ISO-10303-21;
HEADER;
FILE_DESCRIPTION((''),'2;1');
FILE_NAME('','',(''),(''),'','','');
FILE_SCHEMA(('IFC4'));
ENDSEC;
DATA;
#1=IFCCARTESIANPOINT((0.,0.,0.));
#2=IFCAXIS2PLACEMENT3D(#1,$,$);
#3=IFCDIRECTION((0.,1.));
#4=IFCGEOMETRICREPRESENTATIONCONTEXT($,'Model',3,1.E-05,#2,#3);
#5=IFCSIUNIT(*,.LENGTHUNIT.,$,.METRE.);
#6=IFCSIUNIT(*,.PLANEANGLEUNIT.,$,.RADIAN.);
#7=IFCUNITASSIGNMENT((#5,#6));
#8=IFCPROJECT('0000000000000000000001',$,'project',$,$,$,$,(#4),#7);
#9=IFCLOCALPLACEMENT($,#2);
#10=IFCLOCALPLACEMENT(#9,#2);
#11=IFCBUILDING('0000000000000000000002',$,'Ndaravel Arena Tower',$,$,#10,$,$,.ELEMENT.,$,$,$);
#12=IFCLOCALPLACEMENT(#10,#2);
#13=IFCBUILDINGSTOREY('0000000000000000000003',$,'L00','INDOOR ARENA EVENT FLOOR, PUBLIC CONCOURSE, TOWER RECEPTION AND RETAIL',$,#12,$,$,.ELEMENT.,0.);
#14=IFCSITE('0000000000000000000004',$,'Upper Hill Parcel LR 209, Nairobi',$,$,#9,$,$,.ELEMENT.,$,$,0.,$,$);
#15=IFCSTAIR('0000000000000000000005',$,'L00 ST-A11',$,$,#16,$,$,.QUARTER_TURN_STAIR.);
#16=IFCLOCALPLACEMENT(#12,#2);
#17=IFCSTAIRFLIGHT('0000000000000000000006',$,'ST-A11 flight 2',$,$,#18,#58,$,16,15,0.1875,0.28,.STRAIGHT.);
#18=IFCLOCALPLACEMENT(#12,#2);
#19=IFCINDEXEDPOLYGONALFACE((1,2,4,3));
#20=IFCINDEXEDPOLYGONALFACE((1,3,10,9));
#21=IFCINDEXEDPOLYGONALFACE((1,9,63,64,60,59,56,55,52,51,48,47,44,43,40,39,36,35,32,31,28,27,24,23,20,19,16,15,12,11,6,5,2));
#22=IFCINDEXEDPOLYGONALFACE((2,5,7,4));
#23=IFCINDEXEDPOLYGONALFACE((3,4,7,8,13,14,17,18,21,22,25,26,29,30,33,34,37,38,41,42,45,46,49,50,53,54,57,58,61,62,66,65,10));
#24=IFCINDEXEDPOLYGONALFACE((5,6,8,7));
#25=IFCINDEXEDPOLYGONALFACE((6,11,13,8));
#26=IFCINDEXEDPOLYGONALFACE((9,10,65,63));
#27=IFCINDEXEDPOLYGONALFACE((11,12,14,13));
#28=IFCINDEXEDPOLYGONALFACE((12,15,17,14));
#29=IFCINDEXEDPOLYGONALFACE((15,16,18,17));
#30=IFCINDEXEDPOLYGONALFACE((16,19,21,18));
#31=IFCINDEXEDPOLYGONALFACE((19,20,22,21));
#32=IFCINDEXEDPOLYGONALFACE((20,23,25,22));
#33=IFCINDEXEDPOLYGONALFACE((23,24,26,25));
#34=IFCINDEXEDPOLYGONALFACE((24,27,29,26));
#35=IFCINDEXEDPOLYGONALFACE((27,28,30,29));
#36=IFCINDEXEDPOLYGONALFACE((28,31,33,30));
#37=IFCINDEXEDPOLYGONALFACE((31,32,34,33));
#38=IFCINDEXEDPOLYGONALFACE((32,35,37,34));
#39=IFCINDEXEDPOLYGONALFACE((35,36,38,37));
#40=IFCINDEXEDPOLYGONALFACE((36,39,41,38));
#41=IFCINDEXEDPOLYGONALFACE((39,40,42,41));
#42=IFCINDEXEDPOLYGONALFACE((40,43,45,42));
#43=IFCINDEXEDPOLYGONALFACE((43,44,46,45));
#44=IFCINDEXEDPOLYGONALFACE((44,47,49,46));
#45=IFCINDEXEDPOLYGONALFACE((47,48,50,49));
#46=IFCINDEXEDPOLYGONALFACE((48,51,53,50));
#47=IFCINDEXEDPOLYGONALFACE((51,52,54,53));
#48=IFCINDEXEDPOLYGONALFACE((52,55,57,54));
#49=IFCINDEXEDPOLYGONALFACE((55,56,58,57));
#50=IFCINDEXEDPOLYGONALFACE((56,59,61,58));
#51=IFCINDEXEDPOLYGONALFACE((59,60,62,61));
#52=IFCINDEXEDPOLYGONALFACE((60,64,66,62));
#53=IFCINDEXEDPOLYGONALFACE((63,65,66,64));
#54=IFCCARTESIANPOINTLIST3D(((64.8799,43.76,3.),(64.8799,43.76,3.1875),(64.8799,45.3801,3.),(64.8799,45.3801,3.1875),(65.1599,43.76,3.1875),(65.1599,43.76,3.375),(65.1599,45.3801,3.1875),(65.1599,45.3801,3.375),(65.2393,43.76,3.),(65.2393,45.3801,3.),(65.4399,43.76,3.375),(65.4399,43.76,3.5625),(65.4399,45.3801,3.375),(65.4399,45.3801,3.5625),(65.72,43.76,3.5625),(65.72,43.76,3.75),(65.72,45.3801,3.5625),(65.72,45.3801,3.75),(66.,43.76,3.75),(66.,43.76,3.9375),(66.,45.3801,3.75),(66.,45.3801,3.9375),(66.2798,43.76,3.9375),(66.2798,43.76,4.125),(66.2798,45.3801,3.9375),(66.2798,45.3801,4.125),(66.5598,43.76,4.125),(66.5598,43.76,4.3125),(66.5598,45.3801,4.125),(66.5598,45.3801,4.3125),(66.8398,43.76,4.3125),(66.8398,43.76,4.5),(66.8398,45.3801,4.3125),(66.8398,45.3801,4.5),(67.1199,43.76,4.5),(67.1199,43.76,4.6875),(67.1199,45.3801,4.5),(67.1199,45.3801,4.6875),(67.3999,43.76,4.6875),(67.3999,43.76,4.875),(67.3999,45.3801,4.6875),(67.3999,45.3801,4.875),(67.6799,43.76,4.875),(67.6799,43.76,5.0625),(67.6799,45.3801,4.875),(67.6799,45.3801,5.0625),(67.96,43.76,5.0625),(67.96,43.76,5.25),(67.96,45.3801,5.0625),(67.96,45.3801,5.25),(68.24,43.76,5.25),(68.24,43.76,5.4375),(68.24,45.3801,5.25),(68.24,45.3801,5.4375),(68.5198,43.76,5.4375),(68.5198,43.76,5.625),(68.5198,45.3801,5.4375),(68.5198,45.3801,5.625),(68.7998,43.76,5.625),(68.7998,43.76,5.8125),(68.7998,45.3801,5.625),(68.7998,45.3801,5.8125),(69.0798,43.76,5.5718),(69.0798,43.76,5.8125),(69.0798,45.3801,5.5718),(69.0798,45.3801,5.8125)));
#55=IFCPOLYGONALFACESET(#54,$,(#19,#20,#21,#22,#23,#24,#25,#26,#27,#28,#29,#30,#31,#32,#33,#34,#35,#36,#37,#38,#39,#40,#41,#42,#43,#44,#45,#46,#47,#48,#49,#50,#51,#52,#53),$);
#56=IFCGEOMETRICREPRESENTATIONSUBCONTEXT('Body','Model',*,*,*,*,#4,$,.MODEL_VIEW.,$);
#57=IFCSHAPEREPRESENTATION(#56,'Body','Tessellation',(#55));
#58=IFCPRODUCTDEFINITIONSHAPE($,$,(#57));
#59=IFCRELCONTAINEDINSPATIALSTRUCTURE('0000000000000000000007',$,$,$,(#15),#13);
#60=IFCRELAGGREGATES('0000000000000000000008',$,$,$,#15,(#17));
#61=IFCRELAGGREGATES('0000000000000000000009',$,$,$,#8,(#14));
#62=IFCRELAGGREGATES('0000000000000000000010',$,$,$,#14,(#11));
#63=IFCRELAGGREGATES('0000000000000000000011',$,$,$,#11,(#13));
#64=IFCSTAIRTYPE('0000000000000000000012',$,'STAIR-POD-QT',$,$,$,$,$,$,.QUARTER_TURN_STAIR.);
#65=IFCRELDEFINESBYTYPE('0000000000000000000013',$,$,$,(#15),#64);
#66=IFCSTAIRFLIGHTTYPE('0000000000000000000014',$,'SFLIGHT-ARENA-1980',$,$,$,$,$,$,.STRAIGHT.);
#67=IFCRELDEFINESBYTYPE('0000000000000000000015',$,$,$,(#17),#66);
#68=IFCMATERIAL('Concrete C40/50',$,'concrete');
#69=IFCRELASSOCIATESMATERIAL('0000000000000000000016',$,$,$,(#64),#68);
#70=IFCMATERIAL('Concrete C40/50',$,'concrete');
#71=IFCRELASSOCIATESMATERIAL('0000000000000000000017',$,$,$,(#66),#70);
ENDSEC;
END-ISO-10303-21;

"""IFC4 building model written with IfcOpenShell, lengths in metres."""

from ifc_helpers import new_model, si_unit, direction, frame, origin, place, context, subcontext, project, spatial, polyline, outline, extrude, material, type_object, element, aggregate, save


model = new_model("IFC4")

# Units and contexts
model_context = context("Model", 3, precision=1e-05, world=origin(), true_north=direction((0.0, 1.0)))
body_context = subcontext(model_context, "Body", "Model", "MODEL_VIEW")
ifc_project = project(units=[si_unit("LENGTHUNIT", "METRE"), si_unit("PLANEANGLEUNIT", "RADIAN")], contexts=[model_context])

# Site, building, storey
site_placement = place(None, origin())
site = spatial("IfcSite", under=ifc_project, at=site_placement, Name="Upper Hill Parcel LR 209, Nairobi", CompositionType="ELEMENT", RefElevation=0.0)
building_placement = place(site_placement, origin())
building = spatial("IfcBuilding", under=site, at=building_placement, Name="Ndaravel Arena Tower", CompositionType="ELEMENT")
storey_placement = place(building_placement, origin())
storey = spatial("IfcBuildingStorey", under=building, at=storey_placement, Name="L00", Description="INDOOR ARENA EVENT FLOOR, PUBLIC CONCOURSE, TOWER RECEPTION AND RETAIL", CompositionType="ELEMENT", Elevation=0.0)

# Shared definitions
ifc_material_1 = material(Name="Concrete C40/50", Category="concrete")
stair_type = type_object("IfcStairType", Name="STAIR-POD-QT", PredefinedType="QUARTER_TURN_STAIR", material=ifc_material_1)
ifc_material_2 = material(Name="Concrete C40/50", Category="concrete")
stair_flight_type = type_object("IfcStairFlightType", Name="SFLIGHT-ARENA-1980", PredefinedType="STRAIGHT", material=ifc_material_2)

# Stair, stair flight
stair_1_placement = place(storey_placement, origin())
stair_1 = element("IfcStair", 1, at=stair_1_placement, inside=storey, type_object=stair_type, Name="L00 ST-A11", PredefinedType="QUARTER_TURN_STAIR")
stair_flight_1_placement = place(storey_placement, frame((64.8799, 44.5701, 3.0), z_axis=(0.0, 0.0, 1.0), x_axis=(1.0, 0.0, 0.0)))
stair_flight_1 = element("IfcStairFlight", 2, at=stair_flight_1_placement, type_object=stair_flight_type, Name="ST-A11 flight 2", NumberOfRisers=16, NumberOfTreads=15, PredefinedType="STRAIGHT", RiserHeight=0.1875, TreadLength=0.28, context=body_context, shape_type="SweptSolid", body=[
    extrude(outline(polyline([(0.0, 0.0), (0.0, 0.1875), (0.28, 0.1875), (0.28, 0.375), (0.5601, 0.375), (0.5601, 0.5625), (0.8401, 0.5625), (0.8401, 0.75), (1.1201, 0.75), (1.1201, 0.9375), (1.3999, 0.9375), (1.3999, 1.125), (1.6799, 1.125), (1.6799, 1.3125), (1.96, 1.3125), (1.96, 1.5), (2.24, 1.5), (2.24, 1.6875), (2.52, 1.6875), (2.52, 1.875), (2.8, 1.875), (2.8, 2.0625), (3.0801, 2.0625), (3.0801, 2.25), (3.3601, 2.25), (3.3601, 2.4375), (3.6399, 2.4375), (3.6399, 2.625), (3.9199, 2.625), (3.9199, 2.8125), (4.2, 2.8125), (4.2, 3.0), (4.2, 2.5718), (0.3594, 0.0), (0.0, 0.0)])), frame((0.0, 0.8101, 0.0), z_axis=(0.0, -1.0, 0.0), x_axis=(1.0, 0.0, 0.0)), (0.0, 0.0, 1.0), 1.6201),
])
aggregate(stair_1, [stair_flight_1])

save(model, "model.ifc")
